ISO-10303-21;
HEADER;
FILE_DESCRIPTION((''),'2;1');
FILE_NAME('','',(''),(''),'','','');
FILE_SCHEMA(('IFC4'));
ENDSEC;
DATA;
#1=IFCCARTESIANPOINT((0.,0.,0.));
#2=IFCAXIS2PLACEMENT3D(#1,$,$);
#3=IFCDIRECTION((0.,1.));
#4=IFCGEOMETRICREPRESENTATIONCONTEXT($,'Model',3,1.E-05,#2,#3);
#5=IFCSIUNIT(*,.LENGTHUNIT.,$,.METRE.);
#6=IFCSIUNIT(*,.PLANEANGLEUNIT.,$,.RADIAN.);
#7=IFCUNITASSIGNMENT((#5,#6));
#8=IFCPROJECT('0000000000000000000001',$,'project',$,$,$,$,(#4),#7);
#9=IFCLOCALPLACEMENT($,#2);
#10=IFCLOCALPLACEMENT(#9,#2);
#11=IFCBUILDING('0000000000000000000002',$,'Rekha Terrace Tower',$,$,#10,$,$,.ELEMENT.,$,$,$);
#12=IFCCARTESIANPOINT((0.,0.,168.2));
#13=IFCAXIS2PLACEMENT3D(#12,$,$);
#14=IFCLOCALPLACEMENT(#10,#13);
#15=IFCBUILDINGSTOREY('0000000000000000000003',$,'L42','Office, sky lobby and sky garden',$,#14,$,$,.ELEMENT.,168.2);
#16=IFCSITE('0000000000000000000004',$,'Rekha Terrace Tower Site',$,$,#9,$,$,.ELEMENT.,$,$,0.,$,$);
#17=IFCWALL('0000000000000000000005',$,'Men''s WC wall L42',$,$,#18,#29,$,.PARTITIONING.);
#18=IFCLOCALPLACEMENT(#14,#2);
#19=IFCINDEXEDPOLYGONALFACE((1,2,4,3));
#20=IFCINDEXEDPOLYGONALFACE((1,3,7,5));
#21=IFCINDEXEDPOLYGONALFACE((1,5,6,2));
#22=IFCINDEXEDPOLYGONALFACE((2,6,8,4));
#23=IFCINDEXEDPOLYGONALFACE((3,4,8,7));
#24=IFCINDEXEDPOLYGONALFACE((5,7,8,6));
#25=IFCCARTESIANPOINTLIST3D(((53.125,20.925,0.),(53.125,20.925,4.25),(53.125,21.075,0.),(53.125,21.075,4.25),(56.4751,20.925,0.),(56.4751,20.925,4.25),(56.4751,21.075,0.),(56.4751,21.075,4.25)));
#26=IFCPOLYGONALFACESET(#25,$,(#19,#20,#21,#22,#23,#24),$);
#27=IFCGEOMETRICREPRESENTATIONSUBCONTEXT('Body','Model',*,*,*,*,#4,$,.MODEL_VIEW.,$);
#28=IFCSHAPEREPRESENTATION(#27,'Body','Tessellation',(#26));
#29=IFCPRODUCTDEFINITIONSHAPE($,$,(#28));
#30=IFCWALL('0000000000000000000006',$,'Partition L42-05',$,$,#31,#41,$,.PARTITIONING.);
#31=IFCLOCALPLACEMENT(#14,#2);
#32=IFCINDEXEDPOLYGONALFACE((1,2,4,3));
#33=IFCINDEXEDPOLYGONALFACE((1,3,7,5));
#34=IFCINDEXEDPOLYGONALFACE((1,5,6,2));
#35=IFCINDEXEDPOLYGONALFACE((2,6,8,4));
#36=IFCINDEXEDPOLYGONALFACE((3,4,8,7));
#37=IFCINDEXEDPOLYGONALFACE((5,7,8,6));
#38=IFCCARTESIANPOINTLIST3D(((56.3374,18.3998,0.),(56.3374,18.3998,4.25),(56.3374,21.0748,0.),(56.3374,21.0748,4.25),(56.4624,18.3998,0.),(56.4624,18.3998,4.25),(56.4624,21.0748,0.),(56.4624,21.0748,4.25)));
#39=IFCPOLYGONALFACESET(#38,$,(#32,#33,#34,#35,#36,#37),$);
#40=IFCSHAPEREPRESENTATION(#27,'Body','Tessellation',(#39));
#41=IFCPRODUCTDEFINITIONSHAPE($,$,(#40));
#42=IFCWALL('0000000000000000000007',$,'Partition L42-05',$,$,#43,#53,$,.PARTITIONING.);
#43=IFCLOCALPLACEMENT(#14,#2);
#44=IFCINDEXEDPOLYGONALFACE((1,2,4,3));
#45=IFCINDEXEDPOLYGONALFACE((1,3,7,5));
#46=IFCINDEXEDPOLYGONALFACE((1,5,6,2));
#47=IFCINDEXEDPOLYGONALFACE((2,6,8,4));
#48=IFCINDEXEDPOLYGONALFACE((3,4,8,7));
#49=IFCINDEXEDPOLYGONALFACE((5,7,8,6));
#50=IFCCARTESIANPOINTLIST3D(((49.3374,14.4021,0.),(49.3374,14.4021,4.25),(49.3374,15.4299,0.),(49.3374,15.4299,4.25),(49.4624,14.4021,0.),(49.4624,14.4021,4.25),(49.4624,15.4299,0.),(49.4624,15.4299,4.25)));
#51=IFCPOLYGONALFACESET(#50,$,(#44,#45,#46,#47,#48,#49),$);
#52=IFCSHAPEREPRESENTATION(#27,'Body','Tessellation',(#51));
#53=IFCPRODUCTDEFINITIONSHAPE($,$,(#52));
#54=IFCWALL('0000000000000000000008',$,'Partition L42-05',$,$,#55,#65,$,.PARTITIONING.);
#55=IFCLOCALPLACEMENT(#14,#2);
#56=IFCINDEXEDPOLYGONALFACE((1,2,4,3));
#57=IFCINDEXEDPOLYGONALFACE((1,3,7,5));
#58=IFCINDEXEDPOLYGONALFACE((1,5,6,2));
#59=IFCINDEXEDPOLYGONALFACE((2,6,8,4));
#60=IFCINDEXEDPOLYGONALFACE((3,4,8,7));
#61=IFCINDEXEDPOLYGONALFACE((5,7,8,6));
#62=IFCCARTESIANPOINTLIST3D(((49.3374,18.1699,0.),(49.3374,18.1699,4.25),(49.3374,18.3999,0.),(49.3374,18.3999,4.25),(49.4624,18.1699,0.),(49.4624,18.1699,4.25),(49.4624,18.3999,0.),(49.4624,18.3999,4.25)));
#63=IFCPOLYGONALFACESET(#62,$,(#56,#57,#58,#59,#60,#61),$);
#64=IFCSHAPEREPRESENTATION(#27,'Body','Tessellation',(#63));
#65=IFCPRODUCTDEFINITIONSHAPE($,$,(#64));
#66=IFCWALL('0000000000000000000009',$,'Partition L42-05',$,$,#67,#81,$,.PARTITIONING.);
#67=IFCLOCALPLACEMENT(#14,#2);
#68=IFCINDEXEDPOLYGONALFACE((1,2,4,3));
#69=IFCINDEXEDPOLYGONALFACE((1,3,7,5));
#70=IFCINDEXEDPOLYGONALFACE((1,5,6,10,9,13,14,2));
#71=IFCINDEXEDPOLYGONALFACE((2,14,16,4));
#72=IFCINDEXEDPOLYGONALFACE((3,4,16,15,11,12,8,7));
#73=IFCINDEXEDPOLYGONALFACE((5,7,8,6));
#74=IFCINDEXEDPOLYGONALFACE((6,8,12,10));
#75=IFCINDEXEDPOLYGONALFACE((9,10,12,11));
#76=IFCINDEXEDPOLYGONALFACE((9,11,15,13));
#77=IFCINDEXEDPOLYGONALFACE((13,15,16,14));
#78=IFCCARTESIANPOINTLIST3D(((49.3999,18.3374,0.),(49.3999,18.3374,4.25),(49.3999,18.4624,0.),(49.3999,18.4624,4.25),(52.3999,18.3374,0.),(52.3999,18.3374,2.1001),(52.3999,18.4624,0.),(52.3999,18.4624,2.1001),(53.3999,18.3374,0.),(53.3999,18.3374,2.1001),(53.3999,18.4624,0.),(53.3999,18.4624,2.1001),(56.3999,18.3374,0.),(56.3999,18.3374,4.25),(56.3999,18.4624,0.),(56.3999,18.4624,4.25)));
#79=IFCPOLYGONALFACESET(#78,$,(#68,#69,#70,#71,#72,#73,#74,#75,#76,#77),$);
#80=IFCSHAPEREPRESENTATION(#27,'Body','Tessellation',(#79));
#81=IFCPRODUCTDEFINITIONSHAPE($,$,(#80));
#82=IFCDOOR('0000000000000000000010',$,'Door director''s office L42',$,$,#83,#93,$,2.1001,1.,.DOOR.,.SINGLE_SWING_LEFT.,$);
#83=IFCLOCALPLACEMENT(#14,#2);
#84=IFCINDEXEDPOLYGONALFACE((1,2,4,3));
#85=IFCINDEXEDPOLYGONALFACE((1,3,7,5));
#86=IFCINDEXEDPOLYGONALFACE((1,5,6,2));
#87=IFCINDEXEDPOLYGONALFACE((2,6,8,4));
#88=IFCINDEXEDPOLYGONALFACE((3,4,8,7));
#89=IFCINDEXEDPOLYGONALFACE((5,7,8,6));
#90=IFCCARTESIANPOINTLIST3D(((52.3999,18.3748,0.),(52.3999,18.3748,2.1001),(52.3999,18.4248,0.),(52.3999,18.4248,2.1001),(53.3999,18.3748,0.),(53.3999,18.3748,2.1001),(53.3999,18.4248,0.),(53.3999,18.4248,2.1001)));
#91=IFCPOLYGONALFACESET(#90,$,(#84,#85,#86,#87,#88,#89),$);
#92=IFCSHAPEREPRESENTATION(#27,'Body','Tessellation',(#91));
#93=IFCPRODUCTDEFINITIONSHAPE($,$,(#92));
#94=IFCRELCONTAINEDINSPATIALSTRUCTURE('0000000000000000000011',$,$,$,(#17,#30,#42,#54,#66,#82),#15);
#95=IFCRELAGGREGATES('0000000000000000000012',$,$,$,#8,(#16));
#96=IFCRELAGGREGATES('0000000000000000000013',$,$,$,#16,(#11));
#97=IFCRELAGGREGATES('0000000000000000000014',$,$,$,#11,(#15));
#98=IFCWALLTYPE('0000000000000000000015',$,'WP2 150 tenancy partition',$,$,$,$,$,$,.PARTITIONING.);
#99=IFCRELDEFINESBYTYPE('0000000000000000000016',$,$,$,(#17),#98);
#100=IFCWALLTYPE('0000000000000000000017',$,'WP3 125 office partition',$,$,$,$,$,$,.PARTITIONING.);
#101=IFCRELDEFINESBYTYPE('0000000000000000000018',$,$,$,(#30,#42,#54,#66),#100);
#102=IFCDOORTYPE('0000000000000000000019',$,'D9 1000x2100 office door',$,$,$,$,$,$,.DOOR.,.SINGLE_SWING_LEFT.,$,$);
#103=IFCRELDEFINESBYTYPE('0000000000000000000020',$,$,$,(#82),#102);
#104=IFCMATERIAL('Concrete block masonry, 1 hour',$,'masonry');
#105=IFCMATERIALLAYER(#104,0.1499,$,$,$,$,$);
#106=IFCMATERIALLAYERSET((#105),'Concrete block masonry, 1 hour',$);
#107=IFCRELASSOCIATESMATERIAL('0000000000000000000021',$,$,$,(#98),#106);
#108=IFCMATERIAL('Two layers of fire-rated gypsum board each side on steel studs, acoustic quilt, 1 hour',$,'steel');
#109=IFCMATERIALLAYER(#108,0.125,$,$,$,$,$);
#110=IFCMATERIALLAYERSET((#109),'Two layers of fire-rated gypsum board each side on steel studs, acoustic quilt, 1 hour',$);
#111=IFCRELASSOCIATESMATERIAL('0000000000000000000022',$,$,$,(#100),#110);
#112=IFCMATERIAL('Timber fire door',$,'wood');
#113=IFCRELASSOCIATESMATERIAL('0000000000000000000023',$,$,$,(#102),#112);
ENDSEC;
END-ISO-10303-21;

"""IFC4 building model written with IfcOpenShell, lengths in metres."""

from ifc_helpers import new_model, si_unit, direction, frame, frame_2d, origin, place, context, subcontext, project, spatial, rectangle, extrude, material, layer, layer_set, type_object, element, fill, save


model = new_model("IFC4")

# Units and contexts
model_context = context("Model", 3, precision=1e-05, world=origin(), true_north=direction((0.0, 1.0)))
body_context = subcontext(model_context, "Body", "Model", "MODEL_VIEW")
ifc_project = project(units=[si_unit("LENGTHUNIT", "METRE"), si_unit("PLANEANGLEUNIT", "RADIAN")], contexts=[model_context])

# Site, building, storey
site_placement = place(None, origin())
site = spatial("IfcSite", under=ifc_project, at=site_placement, Name="Rekha Terrace Tower Site", CompositionType="ELEMENT", RefElevation=0.0)
building_placement = place(site_placement, origin())
building = spatial("IfcBuilding", under=site, at=building_placement, Name="Rekha Terrace Tower", CompositionType="ELEMENT")
storey_placement = place(building_placement, frame((0.0, 0.0, 168.2)))
storey = spatial("IfcBuildingStorey", under=building, at=storey_placement, Name="L42", Description="Office, sky lobby and sky garden", CompositionType="ELEMENT", Elevation=168.2)

# Walls
ifc_material_1 = material(Name="Concrete block masonry, 1 hour", Category="masonry")
ifc_layer_1 = layer(ifc_material_1, 0.1499)
ifc_layer_set_1 = layer_set([ifc_layer_1], Name="Concrete block masonry, 1 hour")
wall_type_1 = type_object("IfcWallType", Name="WP2 150 tenancy partition", PredefinedType="PARTITIONING", material=ifc_layer_set_1)
wall_1_placement = place(storey_placement, frame((53.125, 21.0, 0.0), z_axis=(0.0, 0.0, 1.0), x_axis=(1.0, 0.0, 0.0)))
element("IfcWall", 1, at=wall_1_placement, inside=storey, type_object=wall_type_1, Name="Men's WC wall L42", PredefinedType="PARTITIONING", context=body_context, shape_type="SweptSolid", body=[
    extrude(rectangle(XDim=3.3501, YDim=0.1499, at=frame_2d((1.675, 0.0))), origin(), (0.0, 0.0, 1.0), 4.25),
])
ifc_material_2 = material(Name="Two layers of fire-rated gypsum board each side on steel studs, acoustic quilt, 1 hour", Category="steel")
ifc_layer_2 = layer(ifc_material_2, 0.125)
ifc_layer_set_2 = layer_set([ifc_layer_2], Name="Two layers of fire-rated gypsum board each side on steel studs, acoustic quilt, 1 hour")
wall_type_2 = type_object("IfcWallType", Name="WP3 125 office partition", PredefinedType="PARTITIONING", material=ifc_layer_set_2)
wall_2_placement = place(storey_placement, frame((56.3999, 18.3999, 0.0), z_axis=(0.0, 0.0, 1.0), x_axis=(0.0, 1.0, 0.0)))
element("IfcWall", 2, at=wall_2_placement, inside=storey, type_object=wall_type_2, Name="Partition L42-05", PredefinedType="PARTITIONING", context=body_context, shape_type="SweptSolid", body=[
    extrude(rectangle(XDim=2.675, YDim=0.125, at=frame_2d((1.3374, 0.0))), origin(), (0.0, 0.0, 1.0), 4.25),
])
wall_3_placement = place(storey_placement, frame((49.3999, 14.4021, 0.0), z_axis=(0.0, 0.0, 1.0), x_axis=(0.0, 1.0, 0.0)))
element("IfcWall", 3, at=wall_3_placement, inside=storey, type_object=wall_type_2, Name="Partition L42-05", PredefinedType="PARTITIONING", context=body_context, shape_type="SweptSolid", body=[
    extrude(rectangle(XDim=1.0278, YDim=0.125, at=frame_2d((0.5139, 0.0))), origin(), (0.0, 0.0, 1.0), 4.25),
])
wall_4_placement = place(storey_placement, frame((49.3999, 18.1699, 0.0), z_axis=(0.0, 0.0, 1.0), x_axis=(0.0, 1.0, 0.0)))
element("IfcWall", 4, at=wall_4_placement, inside=storey, type_object=wall_type_2, Name="Partition L42-05", PredefinedType="PARTITIONING", context=body_context, shape_type="SweptSolid", body=[
    extrude(rectangle(XDim=0.23, YDim=0.125, at=frame_2d((0.115, 0.0))), origin(), (0.0, 0.0, 1.0), 4.25),
])

# Wall, opening, door
wall_5_placement = place(storey_placement, frame((49.3999, 18.3999, 0.0), z_axis=(0.0, 0.0, 1.0), x_axis=(1.0, 0.0, 0.0)))
wall_5 = element("IfcWall", 5, at=wall_5_placement, inside=storey, type_object=wall_type_2, Name="Partition L42-05", PredefinedType="PARTITIONING", context=body_context, shape_type="SweptSolid", body=[
    extrude(rectangle(XDim=7.0, YDim=0.125, at=frame_2d((3.5, 0.0))), origin(), (0.0, 0.0, 1.0), 4.25),
])
opening_1_placement = place(wall_5_placement, frame((3.0, 0.0, 0.0)))
opening_1 = element("IfcOpeningElement", 6, at=opening_1_placement, cuts=wall_5, PredefinedType="OPENING", context=body_context, shape_type="SweptSolid", body=[
    extrude(rectangle(XDim=1.0, YDim=2.1001, at=frame_2d((0.5, 1.05))), frame((0.0, 0.0725, 0.0), z_axis=(0.0, -1.0, 0.0), x_axis=(1.0, 0.0, 0.0)), (0.0, 0.0, 1.0), 0.145),
])
ifc_material_3 = material(Name="Timber fire door", Category="wood")
door_type_1 = type_object("IfcDoorType", Name="D9 1000x2100 office door", OperationType="SINGLE_SWING_LEFT", PredefinedType="DOOR", material=ifc_material_3)
door_1_placement = place(opening_1_placement, origin())
door_1 = element("IfcDoor", 7, at=door_1_placement, inside=storey, type_object=door_type_1, Name="Door director's office L42", OperationType="SINGLE_SWING_LEFT", OverallHeight=2.1001, OverallWidth=1.0, PredefinedType="DOOR", context=body_context, shape_type="SweptSolid", body=[
    extrude(rectangle(XDim=1.0, YDim=2.1001, at=frame_2d((0.5, 1.05))), frame((0.0, 0.0249, 0.0), z_axis=(0.0, -1.0, 0.0), x_axis=(1.0, 0.0, 0.0)), (0.0, 0.0, 1.0), 0.05),
])
fill(opening_1, door_1)

save(model, "model.ifc")
